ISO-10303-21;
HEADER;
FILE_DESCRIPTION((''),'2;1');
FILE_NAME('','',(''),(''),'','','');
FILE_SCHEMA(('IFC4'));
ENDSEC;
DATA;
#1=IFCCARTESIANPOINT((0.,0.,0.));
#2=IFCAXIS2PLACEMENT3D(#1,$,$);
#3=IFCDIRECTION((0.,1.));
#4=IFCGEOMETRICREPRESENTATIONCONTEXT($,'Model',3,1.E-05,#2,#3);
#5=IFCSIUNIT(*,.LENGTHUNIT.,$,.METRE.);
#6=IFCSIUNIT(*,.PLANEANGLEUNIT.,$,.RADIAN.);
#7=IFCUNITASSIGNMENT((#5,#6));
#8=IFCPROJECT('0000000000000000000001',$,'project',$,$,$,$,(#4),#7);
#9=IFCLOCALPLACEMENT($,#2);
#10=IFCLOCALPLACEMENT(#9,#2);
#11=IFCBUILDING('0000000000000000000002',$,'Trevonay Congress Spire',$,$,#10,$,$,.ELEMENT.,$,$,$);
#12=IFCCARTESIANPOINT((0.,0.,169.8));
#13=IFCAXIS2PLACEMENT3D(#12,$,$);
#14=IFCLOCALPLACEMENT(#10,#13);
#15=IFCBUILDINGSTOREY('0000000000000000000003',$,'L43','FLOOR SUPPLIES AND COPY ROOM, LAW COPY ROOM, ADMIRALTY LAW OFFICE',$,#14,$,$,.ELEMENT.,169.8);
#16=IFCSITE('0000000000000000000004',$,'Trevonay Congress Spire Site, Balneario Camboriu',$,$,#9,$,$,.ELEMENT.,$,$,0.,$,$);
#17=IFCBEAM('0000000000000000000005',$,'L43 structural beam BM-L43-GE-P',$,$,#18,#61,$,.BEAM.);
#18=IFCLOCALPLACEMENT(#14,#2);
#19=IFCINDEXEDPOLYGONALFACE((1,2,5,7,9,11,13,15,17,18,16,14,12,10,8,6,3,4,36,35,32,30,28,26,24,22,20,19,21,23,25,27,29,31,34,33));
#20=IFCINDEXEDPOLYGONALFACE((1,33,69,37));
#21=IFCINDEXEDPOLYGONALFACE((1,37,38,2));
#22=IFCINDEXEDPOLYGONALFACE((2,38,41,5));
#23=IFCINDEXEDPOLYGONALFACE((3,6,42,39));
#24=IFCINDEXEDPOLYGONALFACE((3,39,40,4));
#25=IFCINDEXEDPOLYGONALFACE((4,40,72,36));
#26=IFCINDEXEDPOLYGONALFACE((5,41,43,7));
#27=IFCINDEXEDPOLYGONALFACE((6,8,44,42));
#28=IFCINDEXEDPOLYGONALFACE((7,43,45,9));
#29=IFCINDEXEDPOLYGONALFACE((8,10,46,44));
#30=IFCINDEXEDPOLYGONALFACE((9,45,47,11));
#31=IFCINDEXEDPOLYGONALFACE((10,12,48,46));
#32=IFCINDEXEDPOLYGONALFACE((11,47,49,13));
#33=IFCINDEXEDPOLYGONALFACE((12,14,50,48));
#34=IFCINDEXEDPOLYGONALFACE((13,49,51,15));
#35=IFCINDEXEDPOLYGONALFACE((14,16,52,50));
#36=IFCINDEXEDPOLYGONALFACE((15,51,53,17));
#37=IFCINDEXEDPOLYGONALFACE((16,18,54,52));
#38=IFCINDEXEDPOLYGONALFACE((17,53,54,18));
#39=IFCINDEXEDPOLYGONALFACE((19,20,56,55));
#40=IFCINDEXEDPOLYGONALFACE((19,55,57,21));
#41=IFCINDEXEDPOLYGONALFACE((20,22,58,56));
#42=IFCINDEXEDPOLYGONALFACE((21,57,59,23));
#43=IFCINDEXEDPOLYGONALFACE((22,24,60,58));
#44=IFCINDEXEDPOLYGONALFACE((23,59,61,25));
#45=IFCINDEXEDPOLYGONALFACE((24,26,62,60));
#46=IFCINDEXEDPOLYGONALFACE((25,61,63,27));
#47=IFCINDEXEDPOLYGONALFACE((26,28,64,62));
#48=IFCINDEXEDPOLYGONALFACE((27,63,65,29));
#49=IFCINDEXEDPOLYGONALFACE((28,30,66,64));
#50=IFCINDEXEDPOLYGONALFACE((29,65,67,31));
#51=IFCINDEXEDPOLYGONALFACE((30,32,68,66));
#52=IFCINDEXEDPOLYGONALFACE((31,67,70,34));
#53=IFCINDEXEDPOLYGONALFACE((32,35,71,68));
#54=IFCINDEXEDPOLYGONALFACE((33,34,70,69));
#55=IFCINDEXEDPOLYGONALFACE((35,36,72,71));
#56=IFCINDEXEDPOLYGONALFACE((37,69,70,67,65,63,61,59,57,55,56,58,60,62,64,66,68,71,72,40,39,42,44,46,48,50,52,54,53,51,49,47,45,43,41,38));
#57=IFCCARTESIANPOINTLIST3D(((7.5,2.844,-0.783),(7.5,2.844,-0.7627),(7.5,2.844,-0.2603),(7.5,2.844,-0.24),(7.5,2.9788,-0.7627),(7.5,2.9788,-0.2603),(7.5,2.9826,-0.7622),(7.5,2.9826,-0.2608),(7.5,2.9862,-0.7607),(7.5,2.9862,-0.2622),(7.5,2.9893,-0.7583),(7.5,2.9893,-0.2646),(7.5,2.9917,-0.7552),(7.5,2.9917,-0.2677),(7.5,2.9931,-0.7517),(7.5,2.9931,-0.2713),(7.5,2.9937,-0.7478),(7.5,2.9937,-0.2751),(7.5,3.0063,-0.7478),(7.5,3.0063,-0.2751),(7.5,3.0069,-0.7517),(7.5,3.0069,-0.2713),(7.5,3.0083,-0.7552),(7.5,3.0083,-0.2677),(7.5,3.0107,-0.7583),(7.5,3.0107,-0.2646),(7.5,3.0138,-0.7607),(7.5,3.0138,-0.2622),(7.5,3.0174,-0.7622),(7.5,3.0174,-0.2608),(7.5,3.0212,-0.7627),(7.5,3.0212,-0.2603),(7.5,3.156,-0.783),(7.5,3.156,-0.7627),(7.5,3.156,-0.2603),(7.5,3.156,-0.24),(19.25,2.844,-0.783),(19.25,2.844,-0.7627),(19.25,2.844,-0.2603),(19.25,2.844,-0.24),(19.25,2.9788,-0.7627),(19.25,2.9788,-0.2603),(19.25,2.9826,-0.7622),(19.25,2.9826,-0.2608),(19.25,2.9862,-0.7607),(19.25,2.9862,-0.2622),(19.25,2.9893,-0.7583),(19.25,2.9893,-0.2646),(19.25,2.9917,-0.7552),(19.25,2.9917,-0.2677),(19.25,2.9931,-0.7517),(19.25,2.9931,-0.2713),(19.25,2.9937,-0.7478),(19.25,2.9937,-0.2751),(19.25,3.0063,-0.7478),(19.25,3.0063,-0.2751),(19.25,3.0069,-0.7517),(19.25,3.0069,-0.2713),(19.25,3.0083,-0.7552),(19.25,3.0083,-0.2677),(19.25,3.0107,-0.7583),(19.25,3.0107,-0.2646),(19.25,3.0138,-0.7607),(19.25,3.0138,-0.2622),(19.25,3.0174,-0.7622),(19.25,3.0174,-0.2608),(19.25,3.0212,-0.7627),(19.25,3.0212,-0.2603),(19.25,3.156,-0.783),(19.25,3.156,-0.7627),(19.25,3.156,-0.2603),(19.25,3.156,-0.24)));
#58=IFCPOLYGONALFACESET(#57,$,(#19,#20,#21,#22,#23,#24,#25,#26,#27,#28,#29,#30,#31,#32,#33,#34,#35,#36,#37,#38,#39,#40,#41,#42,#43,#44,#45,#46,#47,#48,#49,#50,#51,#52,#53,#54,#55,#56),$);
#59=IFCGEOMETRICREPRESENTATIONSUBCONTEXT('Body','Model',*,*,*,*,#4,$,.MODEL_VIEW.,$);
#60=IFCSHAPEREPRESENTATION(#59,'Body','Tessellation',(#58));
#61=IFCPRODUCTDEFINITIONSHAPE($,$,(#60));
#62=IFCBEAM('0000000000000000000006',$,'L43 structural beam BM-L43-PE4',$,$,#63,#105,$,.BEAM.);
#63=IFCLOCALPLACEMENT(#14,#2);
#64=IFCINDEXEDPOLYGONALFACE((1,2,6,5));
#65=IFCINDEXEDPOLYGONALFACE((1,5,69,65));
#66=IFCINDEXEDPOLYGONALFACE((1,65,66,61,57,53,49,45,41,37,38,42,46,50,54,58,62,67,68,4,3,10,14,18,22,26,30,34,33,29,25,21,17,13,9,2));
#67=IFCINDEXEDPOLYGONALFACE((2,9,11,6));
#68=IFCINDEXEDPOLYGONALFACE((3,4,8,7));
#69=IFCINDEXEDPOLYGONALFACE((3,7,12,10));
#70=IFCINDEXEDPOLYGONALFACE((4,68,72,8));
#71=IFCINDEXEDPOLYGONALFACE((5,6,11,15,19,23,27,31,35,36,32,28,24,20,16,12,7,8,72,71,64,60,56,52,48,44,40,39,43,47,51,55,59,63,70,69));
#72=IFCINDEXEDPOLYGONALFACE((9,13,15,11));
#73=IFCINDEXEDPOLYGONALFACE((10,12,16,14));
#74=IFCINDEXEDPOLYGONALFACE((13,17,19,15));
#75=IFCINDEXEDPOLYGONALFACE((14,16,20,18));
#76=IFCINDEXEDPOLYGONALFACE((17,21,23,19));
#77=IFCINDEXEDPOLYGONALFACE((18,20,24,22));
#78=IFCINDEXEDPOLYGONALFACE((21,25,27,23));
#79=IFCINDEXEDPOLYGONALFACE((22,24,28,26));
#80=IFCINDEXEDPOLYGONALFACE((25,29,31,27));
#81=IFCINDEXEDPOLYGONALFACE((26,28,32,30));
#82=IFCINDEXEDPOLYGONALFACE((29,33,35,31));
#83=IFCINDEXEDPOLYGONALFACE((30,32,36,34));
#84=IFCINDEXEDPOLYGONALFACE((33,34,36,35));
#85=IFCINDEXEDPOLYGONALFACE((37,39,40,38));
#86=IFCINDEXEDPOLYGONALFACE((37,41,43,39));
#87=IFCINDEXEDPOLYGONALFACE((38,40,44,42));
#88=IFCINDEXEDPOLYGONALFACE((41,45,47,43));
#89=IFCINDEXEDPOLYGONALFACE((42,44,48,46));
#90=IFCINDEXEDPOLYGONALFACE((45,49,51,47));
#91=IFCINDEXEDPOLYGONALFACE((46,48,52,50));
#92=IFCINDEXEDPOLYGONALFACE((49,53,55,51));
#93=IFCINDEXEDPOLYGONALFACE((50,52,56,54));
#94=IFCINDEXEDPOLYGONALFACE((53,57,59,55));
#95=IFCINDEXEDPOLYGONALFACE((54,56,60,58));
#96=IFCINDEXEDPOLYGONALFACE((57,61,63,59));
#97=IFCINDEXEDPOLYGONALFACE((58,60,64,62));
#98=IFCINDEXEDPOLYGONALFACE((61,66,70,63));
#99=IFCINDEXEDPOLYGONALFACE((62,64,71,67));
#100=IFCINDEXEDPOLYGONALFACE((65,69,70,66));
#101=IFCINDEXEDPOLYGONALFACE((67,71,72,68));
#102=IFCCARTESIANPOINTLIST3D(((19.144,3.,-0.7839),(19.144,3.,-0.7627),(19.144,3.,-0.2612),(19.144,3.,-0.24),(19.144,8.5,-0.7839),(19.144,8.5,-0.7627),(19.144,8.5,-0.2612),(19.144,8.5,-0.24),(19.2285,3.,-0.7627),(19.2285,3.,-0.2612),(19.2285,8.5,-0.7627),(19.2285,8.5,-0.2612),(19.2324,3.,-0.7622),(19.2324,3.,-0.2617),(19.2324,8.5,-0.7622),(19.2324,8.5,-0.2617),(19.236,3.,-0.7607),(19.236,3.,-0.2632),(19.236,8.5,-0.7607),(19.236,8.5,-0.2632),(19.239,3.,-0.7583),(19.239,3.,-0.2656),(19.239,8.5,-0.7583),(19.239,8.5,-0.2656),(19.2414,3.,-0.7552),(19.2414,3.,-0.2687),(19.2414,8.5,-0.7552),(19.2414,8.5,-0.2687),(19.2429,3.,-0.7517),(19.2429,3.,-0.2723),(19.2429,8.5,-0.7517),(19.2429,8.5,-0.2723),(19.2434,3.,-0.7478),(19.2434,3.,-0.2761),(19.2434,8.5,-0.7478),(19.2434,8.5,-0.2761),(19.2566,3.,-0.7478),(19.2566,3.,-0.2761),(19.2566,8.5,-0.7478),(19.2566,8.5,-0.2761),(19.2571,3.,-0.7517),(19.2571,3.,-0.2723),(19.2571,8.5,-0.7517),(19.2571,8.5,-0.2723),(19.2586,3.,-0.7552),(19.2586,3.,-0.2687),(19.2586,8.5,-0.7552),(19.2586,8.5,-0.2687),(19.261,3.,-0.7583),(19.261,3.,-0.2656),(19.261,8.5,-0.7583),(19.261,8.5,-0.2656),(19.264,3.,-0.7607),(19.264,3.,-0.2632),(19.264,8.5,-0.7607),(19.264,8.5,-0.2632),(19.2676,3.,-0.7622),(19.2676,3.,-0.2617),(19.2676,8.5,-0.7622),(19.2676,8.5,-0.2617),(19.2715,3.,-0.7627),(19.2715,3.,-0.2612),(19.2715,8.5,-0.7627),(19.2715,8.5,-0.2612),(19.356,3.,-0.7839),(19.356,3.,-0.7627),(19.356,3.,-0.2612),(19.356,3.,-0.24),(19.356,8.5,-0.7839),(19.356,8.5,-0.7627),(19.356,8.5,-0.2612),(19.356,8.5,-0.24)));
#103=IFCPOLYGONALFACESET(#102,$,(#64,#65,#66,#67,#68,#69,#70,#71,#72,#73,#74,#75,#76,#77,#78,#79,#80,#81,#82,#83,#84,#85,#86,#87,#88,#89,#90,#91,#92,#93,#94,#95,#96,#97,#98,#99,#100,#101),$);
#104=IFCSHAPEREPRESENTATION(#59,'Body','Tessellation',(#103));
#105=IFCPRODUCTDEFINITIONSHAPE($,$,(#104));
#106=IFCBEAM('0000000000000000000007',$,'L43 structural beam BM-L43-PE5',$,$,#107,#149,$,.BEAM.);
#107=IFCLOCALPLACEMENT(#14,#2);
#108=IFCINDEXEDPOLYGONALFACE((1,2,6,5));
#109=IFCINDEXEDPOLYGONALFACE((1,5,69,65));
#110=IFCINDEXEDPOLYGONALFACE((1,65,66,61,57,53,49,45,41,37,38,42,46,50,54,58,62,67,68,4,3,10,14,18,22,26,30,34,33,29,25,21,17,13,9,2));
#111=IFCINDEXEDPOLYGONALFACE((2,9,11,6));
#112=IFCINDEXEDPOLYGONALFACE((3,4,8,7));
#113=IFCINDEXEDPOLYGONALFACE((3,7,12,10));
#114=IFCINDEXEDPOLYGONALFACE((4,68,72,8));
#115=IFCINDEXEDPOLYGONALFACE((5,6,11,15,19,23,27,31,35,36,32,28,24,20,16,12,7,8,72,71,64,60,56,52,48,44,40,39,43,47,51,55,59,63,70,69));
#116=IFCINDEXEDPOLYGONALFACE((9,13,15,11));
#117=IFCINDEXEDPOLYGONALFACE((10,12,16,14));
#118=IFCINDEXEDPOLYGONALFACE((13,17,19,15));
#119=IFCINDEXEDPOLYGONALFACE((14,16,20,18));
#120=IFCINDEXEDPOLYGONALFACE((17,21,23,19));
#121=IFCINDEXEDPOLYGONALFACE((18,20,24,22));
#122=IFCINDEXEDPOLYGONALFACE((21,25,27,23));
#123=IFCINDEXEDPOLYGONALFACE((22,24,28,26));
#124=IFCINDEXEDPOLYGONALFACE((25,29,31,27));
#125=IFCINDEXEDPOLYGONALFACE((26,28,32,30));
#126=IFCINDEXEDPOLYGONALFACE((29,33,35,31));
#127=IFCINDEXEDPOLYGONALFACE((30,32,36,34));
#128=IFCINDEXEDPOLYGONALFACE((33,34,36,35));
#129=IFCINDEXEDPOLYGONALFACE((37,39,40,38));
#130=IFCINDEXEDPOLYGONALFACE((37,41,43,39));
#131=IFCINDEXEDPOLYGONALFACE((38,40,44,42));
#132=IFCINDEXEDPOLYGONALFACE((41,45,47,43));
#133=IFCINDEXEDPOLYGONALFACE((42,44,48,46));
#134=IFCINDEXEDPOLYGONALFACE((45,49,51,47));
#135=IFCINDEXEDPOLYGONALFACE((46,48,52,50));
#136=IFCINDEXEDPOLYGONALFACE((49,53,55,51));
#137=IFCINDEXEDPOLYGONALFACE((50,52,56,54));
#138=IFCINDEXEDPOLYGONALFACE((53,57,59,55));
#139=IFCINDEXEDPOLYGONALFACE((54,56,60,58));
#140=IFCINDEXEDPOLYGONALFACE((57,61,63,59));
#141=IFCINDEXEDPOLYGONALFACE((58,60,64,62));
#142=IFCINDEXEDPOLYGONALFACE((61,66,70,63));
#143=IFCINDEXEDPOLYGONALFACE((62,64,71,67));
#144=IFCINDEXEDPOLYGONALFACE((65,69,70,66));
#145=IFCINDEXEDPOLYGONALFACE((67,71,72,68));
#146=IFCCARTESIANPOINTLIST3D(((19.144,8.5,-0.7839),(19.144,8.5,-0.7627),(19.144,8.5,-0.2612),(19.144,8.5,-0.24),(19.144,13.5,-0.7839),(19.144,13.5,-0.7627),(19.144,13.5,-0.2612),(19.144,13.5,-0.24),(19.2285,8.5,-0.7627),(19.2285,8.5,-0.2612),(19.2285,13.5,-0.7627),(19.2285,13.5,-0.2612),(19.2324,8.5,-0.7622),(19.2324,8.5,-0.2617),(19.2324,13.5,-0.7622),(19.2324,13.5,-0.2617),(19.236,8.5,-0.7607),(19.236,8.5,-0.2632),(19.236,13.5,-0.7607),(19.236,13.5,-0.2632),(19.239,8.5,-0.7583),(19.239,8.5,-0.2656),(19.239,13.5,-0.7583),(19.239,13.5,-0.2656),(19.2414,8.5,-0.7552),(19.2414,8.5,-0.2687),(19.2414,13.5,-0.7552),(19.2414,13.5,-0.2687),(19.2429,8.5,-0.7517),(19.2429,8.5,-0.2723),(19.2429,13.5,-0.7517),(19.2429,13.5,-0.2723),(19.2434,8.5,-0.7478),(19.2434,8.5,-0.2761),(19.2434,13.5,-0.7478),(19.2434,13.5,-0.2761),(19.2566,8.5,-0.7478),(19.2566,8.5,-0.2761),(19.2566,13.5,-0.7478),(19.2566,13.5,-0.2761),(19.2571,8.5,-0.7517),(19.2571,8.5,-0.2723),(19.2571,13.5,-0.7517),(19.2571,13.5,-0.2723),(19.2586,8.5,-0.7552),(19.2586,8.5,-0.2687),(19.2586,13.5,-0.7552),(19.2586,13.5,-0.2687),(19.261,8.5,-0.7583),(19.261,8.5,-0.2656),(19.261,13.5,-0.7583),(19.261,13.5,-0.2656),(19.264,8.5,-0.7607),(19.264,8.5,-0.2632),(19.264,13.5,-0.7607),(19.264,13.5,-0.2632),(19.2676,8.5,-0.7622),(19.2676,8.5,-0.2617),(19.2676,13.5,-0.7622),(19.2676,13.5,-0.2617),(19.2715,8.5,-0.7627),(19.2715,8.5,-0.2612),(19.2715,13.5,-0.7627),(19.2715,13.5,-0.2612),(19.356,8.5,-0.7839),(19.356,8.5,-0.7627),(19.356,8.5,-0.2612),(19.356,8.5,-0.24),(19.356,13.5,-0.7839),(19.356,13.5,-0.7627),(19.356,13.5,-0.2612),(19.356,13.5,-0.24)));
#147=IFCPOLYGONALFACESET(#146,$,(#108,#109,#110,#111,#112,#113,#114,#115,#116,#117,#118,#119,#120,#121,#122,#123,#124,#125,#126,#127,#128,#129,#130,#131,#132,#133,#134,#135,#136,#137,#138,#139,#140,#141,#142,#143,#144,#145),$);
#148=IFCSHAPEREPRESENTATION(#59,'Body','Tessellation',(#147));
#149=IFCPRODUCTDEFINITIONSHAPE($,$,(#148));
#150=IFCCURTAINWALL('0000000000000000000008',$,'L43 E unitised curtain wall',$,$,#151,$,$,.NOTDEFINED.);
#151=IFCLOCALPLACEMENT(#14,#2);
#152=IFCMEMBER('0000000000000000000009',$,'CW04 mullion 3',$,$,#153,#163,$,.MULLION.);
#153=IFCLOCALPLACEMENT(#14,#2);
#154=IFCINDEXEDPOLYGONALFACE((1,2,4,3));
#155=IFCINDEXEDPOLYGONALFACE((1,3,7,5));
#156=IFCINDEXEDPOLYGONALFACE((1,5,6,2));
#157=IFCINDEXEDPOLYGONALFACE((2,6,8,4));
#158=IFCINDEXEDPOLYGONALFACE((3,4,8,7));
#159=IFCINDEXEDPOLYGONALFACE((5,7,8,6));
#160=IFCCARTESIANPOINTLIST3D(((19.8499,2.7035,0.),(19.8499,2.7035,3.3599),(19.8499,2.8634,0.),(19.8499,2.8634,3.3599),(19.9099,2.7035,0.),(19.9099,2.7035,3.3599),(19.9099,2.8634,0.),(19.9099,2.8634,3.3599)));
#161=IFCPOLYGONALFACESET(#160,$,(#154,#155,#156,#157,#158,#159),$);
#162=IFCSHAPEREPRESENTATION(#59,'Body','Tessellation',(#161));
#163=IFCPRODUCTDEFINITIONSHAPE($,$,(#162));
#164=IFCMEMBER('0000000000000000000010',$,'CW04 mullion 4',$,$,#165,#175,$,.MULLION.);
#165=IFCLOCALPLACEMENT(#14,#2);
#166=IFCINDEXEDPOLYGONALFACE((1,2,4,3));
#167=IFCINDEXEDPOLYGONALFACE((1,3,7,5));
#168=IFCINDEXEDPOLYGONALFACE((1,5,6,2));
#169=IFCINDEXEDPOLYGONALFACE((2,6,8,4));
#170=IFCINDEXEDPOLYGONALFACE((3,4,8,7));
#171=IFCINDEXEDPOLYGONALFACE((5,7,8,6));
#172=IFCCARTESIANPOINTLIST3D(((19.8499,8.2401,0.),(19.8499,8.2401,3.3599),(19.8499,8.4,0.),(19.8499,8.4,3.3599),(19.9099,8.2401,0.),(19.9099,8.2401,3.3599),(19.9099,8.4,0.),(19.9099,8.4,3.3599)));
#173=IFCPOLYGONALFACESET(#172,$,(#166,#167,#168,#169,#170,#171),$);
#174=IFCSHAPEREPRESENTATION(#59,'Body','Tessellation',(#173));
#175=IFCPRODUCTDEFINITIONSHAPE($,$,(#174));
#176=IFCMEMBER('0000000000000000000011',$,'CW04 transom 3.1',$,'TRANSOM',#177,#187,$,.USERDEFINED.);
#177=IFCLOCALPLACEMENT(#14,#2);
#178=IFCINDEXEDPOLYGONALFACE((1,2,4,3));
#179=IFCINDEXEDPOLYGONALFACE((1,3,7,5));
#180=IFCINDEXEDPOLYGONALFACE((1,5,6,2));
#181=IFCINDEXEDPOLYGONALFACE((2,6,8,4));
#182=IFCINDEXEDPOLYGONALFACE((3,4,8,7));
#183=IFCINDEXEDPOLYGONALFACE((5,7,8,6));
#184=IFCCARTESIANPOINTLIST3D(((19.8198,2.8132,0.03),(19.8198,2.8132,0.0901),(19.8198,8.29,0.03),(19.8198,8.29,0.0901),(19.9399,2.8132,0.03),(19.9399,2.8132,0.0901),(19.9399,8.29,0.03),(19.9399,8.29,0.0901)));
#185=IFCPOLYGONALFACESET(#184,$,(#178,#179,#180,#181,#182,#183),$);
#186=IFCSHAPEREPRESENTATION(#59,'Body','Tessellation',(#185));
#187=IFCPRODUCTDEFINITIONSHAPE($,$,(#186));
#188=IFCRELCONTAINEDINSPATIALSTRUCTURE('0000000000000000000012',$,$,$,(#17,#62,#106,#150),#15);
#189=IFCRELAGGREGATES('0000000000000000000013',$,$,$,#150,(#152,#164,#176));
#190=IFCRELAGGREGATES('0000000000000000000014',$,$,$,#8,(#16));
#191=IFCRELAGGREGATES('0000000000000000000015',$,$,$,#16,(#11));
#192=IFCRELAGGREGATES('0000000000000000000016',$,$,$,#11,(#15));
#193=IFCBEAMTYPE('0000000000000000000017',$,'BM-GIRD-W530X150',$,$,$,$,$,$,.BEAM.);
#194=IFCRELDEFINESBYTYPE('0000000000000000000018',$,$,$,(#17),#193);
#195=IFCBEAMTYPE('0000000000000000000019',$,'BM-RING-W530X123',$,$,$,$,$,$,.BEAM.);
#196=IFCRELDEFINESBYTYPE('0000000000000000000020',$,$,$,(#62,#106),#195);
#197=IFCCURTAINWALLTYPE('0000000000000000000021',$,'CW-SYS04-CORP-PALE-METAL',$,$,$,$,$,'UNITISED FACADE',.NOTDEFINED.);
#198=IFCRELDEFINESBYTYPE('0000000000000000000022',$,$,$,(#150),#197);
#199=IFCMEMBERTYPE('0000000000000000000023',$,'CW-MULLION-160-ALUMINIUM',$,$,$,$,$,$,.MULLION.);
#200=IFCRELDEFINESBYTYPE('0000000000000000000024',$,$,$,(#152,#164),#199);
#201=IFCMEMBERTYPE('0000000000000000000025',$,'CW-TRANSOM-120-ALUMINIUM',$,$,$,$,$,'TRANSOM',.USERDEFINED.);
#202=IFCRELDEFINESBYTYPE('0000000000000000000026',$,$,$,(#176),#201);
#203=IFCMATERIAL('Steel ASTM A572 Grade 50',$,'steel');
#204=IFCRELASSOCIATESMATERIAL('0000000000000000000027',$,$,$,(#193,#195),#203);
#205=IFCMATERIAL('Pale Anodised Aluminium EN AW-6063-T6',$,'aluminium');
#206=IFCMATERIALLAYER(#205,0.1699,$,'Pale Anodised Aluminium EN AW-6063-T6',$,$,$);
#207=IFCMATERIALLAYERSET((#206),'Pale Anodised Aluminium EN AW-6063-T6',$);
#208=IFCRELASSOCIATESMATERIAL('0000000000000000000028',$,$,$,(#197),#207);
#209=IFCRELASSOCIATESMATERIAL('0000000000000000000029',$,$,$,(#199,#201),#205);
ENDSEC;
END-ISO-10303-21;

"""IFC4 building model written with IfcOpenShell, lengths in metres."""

from ifc_helpers import new_model, si_unit, direction, frame, origin, origin_2d, place, context, subcontext, project, spatial, rectangle, i_section, extrude, material, layer, layer_set, material_profile, profile_set, type_object, element, aggregate, save


model = new_model("IFC4")

# Units and contexts
model_context = context("Model", 3, precision=1e-05, world=origin(), true_north=direction((0.0, 1.0)))
body_context = subcontext(model_context, "Body", "Model", "MODEL_VIEW")
ifc_project = project(units=[si_unit("LENGTHUNIT", "METRE"), si_unit("PLANEANGLEUNIT", "RADIAN")], contexts=[model_context])

# Site, building, storey
site_placement = place(None, origin())
site = spatial("IfcSite", under=ifc_project, at=site_placement, Name="Trevonay Congress Spire Site, Balneario Camboriu", CompositionType="ELEMENT", RefElevation=0.0)
building_placement = place(site_placement, origin())
building = spatial("IfcBuilding", under=site, at=building_placement, Name="Trevonay Congress Spire", CompositionType="ELEMENT")
storey_placement = place(building_placement, frame((0.0, 0.0, 169.8)))
storey = spatial("IfcBuildingStorey", under=building, at=storey_placement, Name="L43", Description="FLOOR SUPPLIES AND COPY ROOM, LAW COPY ROOM, ADMIRALTY LAW OFFICE", CompositionType="ELEMENT", Elevation=169.8)

# Shared definitions
ifc_material_1 = material(Name="Steel ASTM A572 Grade 50", Category="steel")

# Beams
ifc_material_profile_1 = material_profile(ifc_material_1, i_section(OverallWidth=0.312, OverallDepth=0.543, WebThickness=0.0127, FlangeThickness=0.0203, FilletRadius=0.0149, at=origin_2d()), Name="W530x150")
ifc_profile_set_1 = profile_set([ifc_material_profile_1], Name="Steel ASTM A572 Grade 50")
beam_type_1 = type_object("IfcBeamType", Name="BM-GIRD-W530X150", PredefinedType="BEAM", material=ifc_profile_set_1)
beam_1_placement = place(storey_placement, frame((7.5, 3.0, -0.5115), z_axis=(1.0, 0.0, 0.0), x_axis=(0.0, 1.0, 0.0)))
element("IfcBeam", 1, at=beam_1_placement, inside=storey, type_object=beam_type_1, Name="L43 structural beam BM-L43-GE-P", PredefinedType="BEAM", context=body_context, shape_type="SweptSolid", body=[
    extrude(i_section(OverallWidth=0.312, OverallDepth=0.543, WebThickness=0.0127, FlangeThickness=0.0203, FilletRadius=0.0149, at=origin_2d()), origin(), (0.0, 0.0, 1.0), 11.75),
])
ifc_material_profile_2 = material_profile(ifc_material_1, i_section(OverallWidth=0.2119, OverallDepth=0.5439, WebThickness=0.0132, FlangeThickness=0.0212, FilletRadius=0.0149, at=origin_2d()), Name="W530x123")
ifc_profile_set_2 = profile_set([ifc_material_profile_2], Name="Steel ASTM A572 Grade 50")
beam_type_2 = type_object("IfcBeamType", Name="BM-RING-W530X123", PredefinedType="BEAM", material=ifc_profile_set_2)
beam_2_placement = place(storey_placement, frame((19.25, 3.0, -0.512), z_axis=(0.0, 1.0, 0.0), x_axis=(-1.0, 0.0, 0.0)))
element("IfcBeam", 2, at=beam_2_placement, inside=storey, type_object=beam_type_2, Name="L43 structural beam BM-L43-PE4", PredefinedType="BEAM", context=body_context, shape_type="SweptSolid", body=[
    extrude(i_section(OverallWidth=0.2119, OverallDepth=0.5439, WebThickness=0.0132, FlangeThickness=0.0212, FilletRadius=0.0149, at=origin_2d()), origin(), (0.0, 0.0, 1.0), 5.5),
])
beam_3_placement = place(storey_placement, frame((19.25, 8.5, -0.512), z_axis=(0.0, 1.0, 0.0), x_axis=(-1.0, 0.0, 0.0)))
element("IfcBeam", 3, at=beam_3_placement, inside=storey, type_object=beam_type_2, Name="L43 structural beam BM-L43-PE5", PredefinedType="BEAM", context=body_context, shape_type="SweptSolid", body=[
    extrude(i_section(OverallWidth=0.2119, OverallDepth=0.5439, WebThickness=0.0132, FlangeThickness=0.0212, FilletRadius=0.0149, at=origin_2d()), origin(), (0.0, 0.0, 1.0), 5.0),
])

# Curtain wall, members
ifc_material_2 = material(Name="Pale Anodised Aluminium EN AW-6063-T6", Category="aluminium")
ifc_layer_1 = layer(ifc_material_2, 0.1699, Name="Pale Anodised Aluminium EN AW-6063-T6")
ifc_layer_set_1 = layer_set([ifc_layer_1], Name="Pale Anodised Aluminium EN AW-6063-T6")
curtain_wall_type = type_object("IfcCurtainWallType", Name="CW-SYS04-CORP-PALE-METAL", ElementType="UNITISED FACADE", PredefinedType="NOTDEFINED", material=ifc_layer_set_1)
curtain_wall_placement = place(storey_placement, origin())
curtain_wall = element("IfcCurtainWall", 4, at=curtain_wall_placement, inside=storey, type_object=curtain_wall_type, Name="L43 E unitised curtain wall", PredefinedType="NOTDEFINED")
ifc_material_profile_3 = material_profile(ifc_material_2, rectangle(XDim=0.0601, YDim=0.1599, at=origin_2d()), Name="CW-MULLION-160-ALUMINIUM")
ifc_profile_set_3 = profile_set([ifc_material_profile_3], Name="Pale Anodised Aluminium EN AW-6063-T6")
member_type_1 = type_object("IfcMemberType", Name="CW-MULLION-160-ALUMINIUM", PredefinedType="MULLION", material=ifc_profile_set_3)
member_1_placement = place(storey_placement, frame((19.8799, 2.7834, 0.0), z_axis=(0.0, 0.0, 1.0), x_axis=(-1.0, 0.0, 0.0)))
member_1 = element("IfcMember", 5, at=member_1_placement, type_object=member_type_1, Name="CW04 mullion 3", PredefinedType="MULLION", context=body_context, shape_type="SweptSolid", body=[
    extrude(rectangle(XDim=0.0601, YDim=0.1599, at=origin_2d()), origin(), (0.0, 0.0, 1.0), 3.3599),
])
member_2_placement = place(storey_placement, frame((19.8799, 8.3201, 0.0), z_axis=(0.0, 0.0, 1.0), x_axis=(-1.0, 0.0, 0.0)))
member_2 = element("IfcMember", 6, at=member_2_placement, type_object=member_type_1, Name="CW04 mullion 4", PredefinedType="MULLION", context=body_context, shape_type="SweptSolid", body=[
    extrude(rectangle(XDim=0.0601, YDim=0.1599, at=origin_2d()), origin(), (0.0, 0.0, 1.0), 3.3599),
])
ifc_material_profile_4 = material_profile(ifc_material_2, rectangle(XDim=0.1201, YDim=0.0601, at=origin_2d()), Name="CW-TRANSOM-120-ALUMINIUM")
ifc_profile_set_4 = profile_set([ifc_material_profile_4], Name="Pale Anodised Aluminium EN AW-6063-T6")
member_type_2 = type_object("IfcMemberType", Name="CW-TRANSOM-120-ALUMINIUM", ElementType="TRANSOM", PredefinedType="USERDEFINED", material=ifc_profile_set_4)
member_3_placement = place(storey_placement, frame((19.8799, 2.8132, 0.0601), z_axis=(0.0, 1.0, 0.0), x_axis=(-1.0, 0.0, 0.0)))
member_3 = element("IfcMember", 7, at=member_3_placement, type_object=member_type_2, Name="CW04 transom 3.1", ObjectType="TRANSOM", PredefinedType="USERDEFINED", context=body_context, shape_type="SweptSolid", body=[
    extrude(rectangle(XDim=0.1201, YDim=0.0601, at=origin_2d()), origin(), (0.0, 0.0, 1.0), 5.4768),
])
aggregate(curtain_wall, [member_1, member_2, member_3])

save(model, "model.ifc")
